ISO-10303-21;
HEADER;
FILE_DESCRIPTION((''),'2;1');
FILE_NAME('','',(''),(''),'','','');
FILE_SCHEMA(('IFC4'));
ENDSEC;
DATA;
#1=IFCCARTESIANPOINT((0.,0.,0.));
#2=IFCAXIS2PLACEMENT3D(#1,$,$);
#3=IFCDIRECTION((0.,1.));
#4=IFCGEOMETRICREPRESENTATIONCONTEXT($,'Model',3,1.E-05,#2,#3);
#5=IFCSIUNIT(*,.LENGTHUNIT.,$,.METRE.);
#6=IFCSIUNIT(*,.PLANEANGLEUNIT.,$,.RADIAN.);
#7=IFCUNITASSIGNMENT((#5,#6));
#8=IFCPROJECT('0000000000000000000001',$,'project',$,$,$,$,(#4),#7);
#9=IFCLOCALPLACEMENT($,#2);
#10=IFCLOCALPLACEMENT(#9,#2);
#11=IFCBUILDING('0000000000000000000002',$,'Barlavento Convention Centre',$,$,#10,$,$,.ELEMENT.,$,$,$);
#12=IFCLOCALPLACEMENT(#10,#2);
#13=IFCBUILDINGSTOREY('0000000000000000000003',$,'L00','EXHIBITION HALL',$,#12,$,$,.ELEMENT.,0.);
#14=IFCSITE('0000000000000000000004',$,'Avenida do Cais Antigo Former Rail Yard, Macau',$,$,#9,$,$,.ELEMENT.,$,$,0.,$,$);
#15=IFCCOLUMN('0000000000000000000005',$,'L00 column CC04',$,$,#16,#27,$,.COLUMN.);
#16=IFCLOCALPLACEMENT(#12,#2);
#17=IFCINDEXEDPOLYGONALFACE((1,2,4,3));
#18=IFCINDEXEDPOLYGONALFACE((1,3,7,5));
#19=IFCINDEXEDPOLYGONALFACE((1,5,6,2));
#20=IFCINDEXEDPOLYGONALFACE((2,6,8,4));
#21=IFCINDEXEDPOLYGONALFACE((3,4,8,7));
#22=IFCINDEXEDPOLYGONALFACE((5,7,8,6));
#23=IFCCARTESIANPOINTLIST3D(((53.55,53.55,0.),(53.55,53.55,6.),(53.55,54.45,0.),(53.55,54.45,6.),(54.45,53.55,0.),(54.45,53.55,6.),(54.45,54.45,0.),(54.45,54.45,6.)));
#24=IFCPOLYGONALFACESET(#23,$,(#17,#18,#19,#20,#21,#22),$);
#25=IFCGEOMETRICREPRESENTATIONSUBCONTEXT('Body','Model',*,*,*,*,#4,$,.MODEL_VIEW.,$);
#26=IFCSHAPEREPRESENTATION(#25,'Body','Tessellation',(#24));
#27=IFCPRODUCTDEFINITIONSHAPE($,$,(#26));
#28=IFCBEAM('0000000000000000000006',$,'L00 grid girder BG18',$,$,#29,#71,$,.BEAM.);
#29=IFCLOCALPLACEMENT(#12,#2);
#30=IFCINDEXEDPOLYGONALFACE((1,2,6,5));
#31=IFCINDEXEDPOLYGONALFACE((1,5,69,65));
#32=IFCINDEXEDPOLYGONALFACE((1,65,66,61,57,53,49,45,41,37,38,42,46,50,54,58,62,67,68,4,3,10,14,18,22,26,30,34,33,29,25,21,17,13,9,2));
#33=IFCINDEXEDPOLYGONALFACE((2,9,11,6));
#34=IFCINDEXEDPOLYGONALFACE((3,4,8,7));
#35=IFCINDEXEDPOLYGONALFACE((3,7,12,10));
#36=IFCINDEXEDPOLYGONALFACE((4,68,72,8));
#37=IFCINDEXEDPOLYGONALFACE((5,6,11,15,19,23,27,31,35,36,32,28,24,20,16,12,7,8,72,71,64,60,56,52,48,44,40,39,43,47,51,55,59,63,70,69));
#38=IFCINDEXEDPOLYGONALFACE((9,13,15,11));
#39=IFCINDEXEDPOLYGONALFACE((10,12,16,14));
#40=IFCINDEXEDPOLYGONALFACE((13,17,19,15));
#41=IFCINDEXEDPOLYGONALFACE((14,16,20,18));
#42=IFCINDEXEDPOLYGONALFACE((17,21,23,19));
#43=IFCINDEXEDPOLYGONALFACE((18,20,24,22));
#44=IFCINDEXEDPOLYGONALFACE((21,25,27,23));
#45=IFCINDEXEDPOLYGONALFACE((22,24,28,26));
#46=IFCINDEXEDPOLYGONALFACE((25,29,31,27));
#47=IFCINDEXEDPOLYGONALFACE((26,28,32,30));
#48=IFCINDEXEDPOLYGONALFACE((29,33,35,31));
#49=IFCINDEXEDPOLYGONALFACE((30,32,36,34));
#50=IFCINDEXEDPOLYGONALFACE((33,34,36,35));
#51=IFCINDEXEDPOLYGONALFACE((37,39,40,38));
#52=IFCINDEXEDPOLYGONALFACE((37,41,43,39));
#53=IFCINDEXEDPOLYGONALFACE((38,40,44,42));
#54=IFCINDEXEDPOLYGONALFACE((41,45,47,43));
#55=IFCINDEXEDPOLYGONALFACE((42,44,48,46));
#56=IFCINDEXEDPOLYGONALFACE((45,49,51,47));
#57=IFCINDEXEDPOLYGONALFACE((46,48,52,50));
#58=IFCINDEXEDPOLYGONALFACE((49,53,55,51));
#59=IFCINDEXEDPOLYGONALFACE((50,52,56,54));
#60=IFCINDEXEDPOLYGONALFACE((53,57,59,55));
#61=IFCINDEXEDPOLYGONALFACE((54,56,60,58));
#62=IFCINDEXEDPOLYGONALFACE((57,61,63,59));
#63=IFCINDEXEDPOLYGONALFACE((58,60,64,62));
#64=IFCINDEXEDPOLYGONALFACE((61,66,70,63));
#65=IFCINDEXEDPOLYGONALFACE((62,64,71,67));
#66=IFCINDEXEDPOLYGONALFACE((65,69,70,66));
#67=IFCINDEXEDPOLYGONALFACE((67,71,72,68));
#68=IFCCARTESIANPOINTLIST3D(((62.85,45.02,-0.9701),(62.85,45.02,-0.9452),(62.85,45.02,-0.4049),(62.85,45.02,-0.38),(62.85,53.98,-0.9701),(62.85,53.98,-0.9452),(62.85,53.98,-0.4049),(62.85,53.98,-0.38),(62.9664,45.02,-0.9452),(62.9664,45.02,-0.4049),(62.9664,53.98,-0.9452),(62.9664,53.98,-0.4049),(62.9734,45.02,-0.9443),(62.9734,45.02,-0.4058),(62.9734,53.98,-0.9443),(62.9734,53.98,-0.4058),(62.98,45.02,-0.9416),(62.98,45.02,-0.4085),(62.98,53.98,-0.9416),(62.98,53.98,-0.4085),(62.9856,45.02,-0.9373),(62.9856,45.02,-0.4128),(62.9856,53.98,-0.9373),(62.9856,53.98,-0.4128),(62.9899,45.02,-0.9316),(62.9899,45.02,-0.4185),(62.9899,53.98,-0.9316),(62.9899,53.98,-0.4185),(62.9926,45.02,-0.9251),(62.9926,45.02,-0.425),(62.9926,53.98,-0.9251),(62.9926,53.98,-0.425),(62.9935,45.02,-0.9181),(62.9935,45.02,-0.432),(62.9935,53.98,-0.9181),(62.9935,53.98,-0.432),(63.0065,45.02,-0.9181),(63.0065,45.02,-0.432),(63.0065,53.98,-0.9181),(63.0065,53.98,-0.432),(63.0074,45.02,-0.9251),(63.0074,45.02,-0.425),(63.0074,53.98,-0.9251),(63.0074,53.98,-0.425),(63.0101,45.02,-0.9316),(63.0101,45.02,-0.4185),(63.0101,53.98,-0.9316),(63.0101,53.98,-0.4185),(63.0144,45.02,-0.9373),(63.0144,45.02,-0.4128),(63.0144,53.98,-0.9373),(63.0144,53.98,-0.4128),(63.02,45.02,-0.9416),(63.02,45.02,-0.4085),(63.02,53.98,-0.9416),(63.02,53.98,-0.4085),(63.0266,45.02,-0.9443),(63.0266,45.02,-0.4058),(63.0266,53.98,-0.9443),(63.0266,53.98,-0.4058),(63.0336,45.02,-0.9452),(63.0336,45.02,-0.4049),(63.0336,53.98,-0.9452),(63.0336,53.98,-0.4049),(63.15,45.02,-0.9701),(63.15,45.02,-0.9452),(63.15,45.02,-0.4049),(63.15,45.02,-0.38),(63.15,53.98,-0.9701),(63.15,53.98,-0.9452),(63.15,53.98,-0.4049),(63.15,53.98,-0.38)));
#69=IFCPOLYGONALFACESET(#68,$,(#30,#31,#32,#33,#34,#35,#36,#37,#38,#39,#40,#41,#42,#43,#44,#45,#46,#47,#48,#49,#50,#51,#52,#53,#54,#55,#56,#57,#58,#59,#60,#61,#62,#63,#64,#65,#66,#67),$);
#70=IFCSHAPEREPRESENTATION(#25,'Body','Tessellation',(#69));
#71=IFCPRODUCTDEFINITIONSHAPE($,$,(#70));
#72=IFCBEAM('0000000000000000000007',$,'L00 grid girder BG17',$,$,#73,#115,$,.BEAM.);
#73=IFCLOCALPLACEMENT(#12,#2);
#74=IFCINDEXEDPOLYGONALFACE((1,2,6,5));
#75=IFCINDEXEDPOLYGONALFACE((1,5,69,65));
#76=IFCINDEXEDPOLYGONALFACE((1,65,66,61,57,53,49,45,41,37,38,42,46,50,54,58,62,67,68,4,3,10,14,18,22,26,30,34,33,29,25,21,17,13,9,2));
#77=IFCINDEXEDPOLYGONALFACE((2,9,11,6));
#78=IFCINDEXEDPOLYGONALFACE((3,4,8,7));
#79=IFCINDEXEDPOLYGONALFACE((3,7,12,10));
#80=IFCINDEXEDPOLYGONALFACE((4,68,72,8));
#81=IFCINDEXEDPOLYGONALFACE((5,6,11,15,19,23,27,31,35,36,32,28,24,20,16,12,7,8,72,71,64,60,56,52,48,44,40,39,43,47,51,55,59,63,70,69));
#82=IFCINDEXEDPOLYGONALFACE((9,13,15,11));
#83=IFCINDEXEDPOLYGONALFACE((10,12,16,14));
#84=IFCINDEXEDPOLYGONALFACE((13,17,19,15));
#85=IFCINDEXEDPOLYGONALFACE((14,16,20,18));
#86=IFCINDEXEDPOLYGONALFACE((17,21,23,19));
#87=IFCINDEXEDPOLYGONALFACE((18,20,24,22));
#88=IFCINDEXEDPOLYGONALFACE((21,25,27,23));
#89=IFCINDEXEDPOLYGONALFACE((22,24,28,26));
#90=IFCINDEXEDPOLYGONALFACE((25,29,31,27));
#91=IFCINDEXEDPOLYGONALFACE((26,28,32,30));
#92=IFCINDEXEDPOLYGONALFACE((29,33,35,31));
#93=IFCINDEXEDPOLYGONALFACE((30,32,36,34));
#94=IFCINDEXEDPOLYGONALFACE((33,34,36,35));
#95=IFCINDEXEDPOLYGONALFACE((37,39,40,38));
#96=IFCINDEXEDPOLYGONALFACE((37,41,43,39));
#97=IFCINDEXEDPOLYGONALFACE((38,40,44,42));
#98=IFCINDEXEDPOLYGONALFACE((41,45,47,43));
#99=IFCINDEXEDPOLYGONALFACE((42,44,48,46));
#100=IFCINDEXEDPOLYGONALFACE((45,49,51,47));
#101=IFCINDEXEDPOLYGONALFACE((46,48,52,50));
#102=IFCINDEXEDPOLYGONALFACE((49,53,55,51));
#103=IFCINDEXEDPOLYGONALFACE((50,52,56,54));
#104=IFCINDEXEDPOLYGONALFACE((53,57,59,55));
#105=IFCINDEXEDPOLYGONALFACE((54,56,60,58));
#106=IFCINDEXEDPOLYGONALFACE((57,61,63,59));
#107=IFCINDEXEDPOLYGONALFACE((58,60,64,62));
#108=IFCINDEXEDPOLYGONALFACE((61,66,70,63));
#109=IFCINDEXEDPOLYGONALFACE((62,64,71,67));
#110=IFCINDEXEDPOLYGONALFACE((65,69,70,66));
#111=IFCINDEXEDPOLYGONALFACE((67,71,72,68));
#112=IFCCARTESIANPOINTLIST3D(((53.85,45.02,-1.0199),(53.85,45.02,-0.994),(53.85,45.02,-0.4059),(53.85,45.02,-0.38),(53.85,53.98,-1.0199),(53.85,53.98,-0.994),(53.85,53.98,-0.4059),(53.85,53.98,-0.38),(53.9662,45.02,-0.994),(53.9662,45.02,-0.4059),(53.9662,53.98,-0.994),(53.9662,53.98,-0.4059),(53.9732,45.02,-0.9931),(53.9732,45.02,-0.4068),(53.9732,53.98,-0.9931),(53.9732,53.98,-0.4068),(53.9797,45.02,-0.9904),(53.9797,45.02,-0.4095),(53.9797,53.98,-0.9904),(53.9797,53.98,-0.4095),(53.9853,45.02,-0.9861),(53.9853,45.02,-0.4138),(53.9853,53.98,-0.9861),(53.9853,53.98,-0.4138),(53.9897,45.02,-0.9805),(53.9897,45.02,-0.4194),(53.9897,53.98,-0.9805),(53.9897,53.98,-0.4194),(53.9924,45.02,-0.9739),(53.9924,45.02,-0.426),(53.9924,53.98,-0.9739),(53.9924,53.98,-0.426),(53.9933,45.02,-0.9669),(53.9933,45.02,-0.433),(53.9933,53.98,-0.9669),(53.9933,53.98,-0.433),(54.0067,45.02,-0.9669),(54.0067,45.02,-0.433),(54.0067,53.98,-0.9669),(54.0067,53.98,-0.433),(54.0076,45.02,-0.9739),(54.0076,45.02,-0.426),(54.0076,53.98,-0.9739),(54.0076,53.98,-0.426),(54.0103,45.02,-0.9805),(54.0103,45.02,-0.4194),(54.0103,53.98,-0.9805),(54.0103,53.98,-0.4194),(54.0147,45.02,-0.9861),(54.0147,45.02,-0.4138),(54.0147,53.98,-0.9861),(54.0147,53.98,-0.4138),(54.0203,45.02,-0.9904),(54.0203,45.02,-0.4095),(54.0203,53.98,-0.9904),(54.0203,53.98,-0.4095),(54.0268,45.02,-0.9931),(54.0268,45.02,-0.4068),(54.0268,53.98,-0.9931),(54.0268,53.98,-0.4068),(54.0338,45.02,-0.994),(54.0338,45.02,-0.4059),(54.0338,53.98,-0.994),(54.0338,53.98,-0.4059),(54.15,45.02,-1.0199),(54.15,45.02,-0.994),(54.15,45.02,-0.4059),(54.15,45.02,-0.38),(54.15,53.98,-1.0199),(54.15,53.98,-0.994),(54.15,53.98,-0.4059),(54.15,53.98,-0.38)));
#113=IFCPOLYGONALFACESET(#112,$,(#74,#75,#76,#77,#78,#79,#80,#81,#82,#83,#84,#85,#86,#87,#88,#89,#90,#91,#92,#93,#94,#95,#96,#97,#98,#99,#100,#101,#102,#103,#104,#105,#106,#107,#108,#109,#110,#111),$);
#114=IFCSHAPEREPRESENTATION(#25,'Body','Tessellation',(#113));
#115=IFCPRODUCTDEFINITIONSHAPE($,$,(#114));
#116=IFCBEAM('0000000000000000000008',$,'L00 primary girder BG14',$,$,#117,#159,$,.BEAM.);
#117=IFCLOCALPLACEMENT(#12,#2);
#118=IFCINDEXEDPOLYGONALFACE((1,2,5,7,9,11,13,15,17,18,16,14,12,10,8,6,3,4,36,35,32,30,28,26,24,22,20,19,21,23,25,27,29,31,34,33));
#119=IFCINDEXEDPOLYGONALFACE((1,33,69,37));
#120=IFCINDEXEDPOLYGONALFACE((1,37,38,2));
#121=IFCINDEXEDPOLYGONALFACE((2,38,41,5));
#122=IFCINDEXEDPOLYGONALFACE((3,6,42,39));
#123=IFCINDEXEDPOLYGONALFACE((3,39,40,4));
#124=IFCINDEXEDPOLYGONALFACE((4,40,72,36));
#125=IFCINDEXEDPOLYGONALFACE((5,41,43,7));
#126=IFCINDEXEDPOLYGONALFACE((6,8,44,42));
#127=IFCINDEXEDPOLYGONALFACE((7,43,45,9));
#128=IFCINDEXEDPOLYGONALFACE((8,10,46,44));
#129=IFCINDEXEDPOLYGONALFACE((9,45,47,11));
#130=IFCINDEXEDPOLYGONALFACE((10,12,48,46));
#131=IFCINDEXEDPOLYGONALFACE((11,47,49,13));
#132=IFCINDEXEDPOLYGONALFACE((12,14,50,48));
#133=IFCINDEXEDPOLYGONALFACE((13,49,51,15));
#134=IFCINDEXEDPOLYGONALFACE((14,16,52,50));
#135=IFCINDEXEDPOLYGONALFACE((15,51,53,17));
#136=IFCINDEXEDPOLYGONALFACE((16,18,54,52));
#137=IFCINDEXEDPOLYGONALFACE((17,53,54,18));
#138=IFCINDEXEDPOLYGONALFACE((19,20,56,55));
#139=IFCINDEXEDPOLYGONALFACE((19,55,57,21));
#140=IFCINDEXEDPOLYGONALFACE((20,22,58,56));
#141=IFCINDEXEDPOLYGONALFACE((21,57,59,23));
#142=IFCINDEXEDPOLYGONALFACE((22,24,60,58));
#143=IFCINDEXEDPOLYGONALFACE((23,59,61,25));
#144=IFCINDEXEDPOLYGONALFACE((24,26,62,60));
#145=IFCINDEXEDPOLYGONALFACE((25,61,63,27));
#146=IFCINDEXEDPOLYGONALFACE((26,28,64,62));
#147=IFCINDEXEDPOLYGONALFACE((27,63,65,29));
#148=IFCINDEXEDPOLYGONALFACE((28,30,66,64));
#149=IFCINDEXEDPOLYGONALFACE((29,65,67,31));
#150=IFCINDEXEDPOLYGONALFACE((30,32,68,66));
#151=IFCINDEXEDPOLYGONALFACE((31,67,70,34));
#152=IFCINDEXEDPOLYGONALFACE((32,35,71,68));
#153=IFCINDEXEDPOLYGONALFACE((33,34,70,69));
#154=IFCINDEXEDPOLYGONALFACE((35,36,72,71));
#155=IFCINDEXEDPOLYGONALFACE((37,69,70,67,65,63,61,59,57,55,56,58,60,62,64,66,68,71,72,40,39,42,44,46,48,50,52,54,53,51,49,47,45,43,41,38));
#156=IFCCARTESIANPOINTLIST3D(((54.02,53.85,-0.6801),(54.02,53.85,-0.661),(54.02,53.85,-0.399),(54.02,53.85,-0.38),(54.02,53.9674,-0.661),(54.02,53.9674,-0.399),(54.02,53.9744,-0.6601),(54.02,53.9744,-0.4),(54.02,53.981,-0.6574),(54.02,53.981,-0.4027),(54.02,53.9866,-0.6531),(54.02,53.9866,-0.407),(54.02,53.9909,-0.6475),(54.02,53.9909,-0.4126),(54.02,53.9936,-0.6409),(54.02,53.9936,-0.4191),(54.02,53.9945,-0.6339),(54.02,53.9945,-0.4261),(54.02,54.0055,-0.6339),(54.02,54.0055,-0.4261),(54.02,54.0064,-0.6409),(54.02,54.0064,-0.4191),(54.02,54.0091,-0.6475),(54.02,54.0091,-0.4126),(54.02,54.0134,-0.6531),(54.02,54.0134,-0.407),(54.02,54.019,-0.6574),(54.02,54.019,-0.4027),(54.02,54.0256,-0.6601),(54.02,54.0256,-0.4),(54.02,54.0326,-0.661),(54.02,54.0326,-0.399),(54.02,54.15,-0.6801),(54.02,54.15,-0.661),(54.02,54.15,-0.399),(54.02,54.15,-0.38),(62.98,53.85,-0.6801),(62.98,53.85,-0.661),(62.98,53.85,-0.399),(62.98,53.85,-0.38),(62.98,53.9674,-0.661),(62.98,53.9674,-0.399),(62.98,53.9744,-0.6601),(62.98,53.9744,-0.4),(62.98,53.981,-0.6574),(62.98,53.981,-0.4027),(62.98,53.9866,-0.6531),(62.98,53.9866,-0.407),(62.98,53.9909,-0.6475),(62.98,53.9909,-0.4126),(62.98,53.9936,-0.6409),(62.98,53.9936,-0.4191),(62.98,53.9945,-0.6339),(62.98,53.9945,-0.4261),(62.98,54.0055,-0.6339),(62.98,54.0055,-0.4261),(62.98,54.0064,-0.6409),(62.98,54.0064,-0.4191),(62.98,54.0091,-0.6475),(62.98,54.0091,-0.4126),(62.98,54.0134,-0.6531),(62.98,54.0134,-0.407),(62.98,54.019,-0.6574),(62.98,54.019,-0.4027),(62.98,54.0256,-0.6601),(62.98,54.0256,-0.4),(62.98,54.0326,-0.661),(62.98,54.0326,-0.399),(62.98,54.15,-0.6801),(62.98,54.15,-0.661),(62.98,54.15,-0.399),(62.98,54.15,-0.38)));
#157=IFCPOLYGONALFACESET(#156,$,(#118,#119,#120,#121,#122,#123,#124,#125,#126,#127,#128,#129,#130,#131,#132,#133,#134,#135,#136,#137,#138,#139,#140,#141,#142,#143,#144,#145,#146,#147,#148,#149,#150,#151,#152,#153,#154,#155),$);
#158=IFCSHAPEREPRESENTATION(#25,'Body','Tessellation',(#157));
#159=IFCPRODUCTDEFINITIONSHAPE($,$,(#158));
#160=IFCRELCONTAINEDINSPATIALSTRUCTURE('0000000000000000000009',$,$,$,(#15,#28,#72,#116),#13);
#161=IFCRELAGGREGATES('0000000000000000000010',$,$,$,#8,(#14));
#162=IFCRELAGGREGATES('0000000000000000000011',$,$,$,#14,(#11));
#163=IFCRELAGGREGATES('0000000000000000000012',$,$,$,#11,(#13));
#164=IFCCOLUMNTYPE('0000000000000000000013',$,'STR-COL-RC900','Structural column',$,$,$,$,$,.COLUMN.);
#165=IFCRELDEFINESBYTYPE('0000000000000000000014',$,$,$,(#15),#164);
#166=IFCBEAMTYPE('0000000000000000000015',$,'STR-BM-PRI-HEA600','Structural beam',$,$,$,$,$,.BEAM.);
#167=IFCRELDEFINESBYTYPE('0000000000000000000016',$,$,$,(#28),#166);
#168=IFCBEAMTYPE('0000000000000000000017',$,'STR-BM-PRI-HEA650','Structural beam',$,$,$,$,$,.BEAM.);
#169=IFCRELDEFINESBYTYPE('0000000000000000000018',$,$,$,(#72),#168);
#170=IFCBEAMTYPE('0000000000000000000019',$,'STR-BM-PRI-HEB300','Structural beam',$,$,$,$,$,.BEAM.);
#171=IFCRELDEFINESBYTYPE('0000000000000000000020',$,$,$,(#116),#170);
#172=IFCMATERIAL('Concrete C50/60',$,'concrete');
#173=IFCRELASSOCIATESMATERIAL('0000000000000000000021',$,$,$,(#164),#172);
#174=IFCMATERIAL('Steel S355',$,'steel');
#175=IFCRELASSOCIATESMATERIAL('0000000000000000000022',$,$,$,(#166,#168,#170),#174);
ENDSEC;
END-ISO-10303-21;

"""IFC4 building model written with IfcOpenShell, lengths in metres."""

from ifc_helpers import new_model, si_unit, direction, frame, origin, origin_2d, place, context, subcontext, project, spatial, rectangle, i_section, extrude, material, material_profile, profile_set, type_object, element, save


model = new_model("IFC4")

# Units and contexts
model_context = context("Model", 3, precision=1e-05, world=origin(), true_north=direction((0.0, 1.0)))
body_context = subcontext(model_context, "Body", "Model", "MODEL_VIEW")
ifc_project = project(units=[si_unit("LENGTHUNIT", "METRE"), si_unit("PLANEANGLEUNIT", "RADIAN")], contexts=[model_context])

# Site, building, storey
site_placement = place(None, origin())
site = spatial("IfcSite", under=ifc_project, at=site_placement, Name="Avenida do Cais Antigo Former Rail Yard, Macau", CompositionType="ELEMENT", RefElevation=0.0)
building_placement = place(site_placement, origin())
building = spatial("IfcBuilding", under=site, at=building_placement, Name="Barlavento Convention Centre", CompositionType="ELEMENT")
storey_placement = place(building_placement, origin())
storey = spatial("IfcBuildingStorey", under=building, at=storey_placement, Name="L00", Description="EXHIBITION HALL", CompositionType="ELEMENT", Elevation=0.0)

# Column
ifc_material_1 = material(Name="Concrete C50/60", Category="concrete")
ifc_material_profile_1 = material_profile(ifc_material_1, rectangle(XDim=0.8999, YDim=0.8999, at=origin_2d()), Name="RC 900x900")
ifc_profile_set_1 = profile_set([ifc_material_profile_1], Name="Concrete C50/60")
column_type = type_object("IfcColumnType", Name="STR-COL-RC900", Description="Structural column", PredefinedType="COLUMN", material=ifc_profile_set_1)
column_placement = place(storey_placement, frame((54.0, 54.0, 0.0), z_axis=(0.0, 0.0, 1.0), x_axis=(1.0, 0.0, 0.0)))
element("IfcColumn", 1, at=column_placement, inside=storey, type_object=column_type, Name="L00 column CC04", PredefinedType="COLUMN", context=body_context, shape_type="SweptSolid", body=[
    extrude(rectangle(XDim=0.8999, YDim=0.8999, at=origin_2d()), origin(), (0.0, 0.0, 1.0), 6.0),
])

# Beams
ifc_material_2 = material(Name="Steel S355", Category="steel")
ifc_material_profile_2 = material_profile(ifc_material_2, i_section(OverallWidth=0.3, OverallDepth=0.5901, WebThickness=0.0129, FlangeThickness=0.0249, FilletRadius=0.0271, at=origin_2d()), Name="HEA 600")
ifc_profile_set_2 = profile_set([ifc_material_profile_2], Name="Steel S355")
beam_type_1 = type_object("IfcBeamType", Name="STR-BM-PRI-HEA600", Description="Structural beam", PredefinedType="BEAM", material=ifc_profile_set_2)
beam_1_placement = place(storey_placement, frame((63.0, 45.02, -0.675), z_axis=(0.0, 1.0, 0.0), x_axis=(-1.0, 0.0, 0.0)))
element("IfcBeam", 2, at=beam_1_placement, inside=storey, type_object=beam_type_1, Name="L00 grid girder BG18", PredefinedType="BEAM", context=body_context, shape_type="SweptSolid", body=[
    extrude(i_section(OverallWidth=0.3, OverallDepth=0.5901, WebThickness=0.0129, FlangeThickness=0.0249, FilletRadius=0.0271, at=origin_2d()), origin(), (0.0, 0.0, 1.0), 8.96),
])
ifc_material_profile_3 = material_profile(ifc_material_2, i_section(OverallWidth=0.3, OverallDepth=0.6399, WebThickness=0.0134, FlangeThickness=0.0259, FilletRadius=0.0271, at=origin_2d()), Name="HEA 650")
ifc_profile_set_3 = profile_set([ifc_material_profile_3], Name="Steel S355")
beam_type_2 = type_object("IfcBeamType", Name="STR-BM-PRI-HEA650", Description="Structural beam", PredefinedType="BEAM", material=ifc_profile_set_3)
beam_2_placement = place(storey_placement, frame((54.0, 45.02, -0.7), z_axis=(0.0, 1.0, 0.0), x_axis=(-1.0, 0.0, 0.0)))
element("IfcBeam", 3, at=beam_2_placement, inside=storey, type_object=beam_type_2, Name="L00 grid girder BG17", PredefinedType="BEAM", context=body_context, shape_type="SweptSolid", body=[
    extrude(i_section(OverallWidth=0.3, OverallDepth=0.6399, WebThickness=0.0134, FlangeThickness=0.0259, FilletRadius=0.0271, at=origin_2d()), origin(), (0.0, 0.0, 1.0), 8.96),
])
ifc_material_profile_4 = material_profile(ifc_material_2, i_section(OverallWidth=0.3, OverallDepth=0.3, WebThickness=0.011, FlangeThickness=0.019, FilletRadius=0.0271, at=origin_2d()), Name="HEB 300")
ifc_profile_set_4 = profile_set([ifc_material_profile_4], Name="Steel S355")
beam_type_3 = type_object("IfcBeamType", Name="STR-BM-PRI-HEB300", Description="Structural beam", PredefinedType="BEAM", material=ifc_profile_set_4)
beam_3_placement = place(storey_placement, frame((54.02, 54.0, -0.53), z_axis=(1.0, 0.0, 0.0), x_axis=(0.0, 1.0, 0.0)))
element("IfcBeam", 4, at=beam_3_placement, inside=storey, type_object=beam_type_3, Name="L00 primary girder BG14", PredefinedType="BEAM", context=body_context, shape_type="SweptSolid", body=[
    extrude(i_section(OverallWidth=0.3, OverallDepth=0.3, WebThickness=0.011, FlangeThickness=0.019, FilletRadius=0.0271, at=origin_2d()), origin(), (0.0, 0.0, 1.0), 8.96),
])

save(model, "model.ifc")
